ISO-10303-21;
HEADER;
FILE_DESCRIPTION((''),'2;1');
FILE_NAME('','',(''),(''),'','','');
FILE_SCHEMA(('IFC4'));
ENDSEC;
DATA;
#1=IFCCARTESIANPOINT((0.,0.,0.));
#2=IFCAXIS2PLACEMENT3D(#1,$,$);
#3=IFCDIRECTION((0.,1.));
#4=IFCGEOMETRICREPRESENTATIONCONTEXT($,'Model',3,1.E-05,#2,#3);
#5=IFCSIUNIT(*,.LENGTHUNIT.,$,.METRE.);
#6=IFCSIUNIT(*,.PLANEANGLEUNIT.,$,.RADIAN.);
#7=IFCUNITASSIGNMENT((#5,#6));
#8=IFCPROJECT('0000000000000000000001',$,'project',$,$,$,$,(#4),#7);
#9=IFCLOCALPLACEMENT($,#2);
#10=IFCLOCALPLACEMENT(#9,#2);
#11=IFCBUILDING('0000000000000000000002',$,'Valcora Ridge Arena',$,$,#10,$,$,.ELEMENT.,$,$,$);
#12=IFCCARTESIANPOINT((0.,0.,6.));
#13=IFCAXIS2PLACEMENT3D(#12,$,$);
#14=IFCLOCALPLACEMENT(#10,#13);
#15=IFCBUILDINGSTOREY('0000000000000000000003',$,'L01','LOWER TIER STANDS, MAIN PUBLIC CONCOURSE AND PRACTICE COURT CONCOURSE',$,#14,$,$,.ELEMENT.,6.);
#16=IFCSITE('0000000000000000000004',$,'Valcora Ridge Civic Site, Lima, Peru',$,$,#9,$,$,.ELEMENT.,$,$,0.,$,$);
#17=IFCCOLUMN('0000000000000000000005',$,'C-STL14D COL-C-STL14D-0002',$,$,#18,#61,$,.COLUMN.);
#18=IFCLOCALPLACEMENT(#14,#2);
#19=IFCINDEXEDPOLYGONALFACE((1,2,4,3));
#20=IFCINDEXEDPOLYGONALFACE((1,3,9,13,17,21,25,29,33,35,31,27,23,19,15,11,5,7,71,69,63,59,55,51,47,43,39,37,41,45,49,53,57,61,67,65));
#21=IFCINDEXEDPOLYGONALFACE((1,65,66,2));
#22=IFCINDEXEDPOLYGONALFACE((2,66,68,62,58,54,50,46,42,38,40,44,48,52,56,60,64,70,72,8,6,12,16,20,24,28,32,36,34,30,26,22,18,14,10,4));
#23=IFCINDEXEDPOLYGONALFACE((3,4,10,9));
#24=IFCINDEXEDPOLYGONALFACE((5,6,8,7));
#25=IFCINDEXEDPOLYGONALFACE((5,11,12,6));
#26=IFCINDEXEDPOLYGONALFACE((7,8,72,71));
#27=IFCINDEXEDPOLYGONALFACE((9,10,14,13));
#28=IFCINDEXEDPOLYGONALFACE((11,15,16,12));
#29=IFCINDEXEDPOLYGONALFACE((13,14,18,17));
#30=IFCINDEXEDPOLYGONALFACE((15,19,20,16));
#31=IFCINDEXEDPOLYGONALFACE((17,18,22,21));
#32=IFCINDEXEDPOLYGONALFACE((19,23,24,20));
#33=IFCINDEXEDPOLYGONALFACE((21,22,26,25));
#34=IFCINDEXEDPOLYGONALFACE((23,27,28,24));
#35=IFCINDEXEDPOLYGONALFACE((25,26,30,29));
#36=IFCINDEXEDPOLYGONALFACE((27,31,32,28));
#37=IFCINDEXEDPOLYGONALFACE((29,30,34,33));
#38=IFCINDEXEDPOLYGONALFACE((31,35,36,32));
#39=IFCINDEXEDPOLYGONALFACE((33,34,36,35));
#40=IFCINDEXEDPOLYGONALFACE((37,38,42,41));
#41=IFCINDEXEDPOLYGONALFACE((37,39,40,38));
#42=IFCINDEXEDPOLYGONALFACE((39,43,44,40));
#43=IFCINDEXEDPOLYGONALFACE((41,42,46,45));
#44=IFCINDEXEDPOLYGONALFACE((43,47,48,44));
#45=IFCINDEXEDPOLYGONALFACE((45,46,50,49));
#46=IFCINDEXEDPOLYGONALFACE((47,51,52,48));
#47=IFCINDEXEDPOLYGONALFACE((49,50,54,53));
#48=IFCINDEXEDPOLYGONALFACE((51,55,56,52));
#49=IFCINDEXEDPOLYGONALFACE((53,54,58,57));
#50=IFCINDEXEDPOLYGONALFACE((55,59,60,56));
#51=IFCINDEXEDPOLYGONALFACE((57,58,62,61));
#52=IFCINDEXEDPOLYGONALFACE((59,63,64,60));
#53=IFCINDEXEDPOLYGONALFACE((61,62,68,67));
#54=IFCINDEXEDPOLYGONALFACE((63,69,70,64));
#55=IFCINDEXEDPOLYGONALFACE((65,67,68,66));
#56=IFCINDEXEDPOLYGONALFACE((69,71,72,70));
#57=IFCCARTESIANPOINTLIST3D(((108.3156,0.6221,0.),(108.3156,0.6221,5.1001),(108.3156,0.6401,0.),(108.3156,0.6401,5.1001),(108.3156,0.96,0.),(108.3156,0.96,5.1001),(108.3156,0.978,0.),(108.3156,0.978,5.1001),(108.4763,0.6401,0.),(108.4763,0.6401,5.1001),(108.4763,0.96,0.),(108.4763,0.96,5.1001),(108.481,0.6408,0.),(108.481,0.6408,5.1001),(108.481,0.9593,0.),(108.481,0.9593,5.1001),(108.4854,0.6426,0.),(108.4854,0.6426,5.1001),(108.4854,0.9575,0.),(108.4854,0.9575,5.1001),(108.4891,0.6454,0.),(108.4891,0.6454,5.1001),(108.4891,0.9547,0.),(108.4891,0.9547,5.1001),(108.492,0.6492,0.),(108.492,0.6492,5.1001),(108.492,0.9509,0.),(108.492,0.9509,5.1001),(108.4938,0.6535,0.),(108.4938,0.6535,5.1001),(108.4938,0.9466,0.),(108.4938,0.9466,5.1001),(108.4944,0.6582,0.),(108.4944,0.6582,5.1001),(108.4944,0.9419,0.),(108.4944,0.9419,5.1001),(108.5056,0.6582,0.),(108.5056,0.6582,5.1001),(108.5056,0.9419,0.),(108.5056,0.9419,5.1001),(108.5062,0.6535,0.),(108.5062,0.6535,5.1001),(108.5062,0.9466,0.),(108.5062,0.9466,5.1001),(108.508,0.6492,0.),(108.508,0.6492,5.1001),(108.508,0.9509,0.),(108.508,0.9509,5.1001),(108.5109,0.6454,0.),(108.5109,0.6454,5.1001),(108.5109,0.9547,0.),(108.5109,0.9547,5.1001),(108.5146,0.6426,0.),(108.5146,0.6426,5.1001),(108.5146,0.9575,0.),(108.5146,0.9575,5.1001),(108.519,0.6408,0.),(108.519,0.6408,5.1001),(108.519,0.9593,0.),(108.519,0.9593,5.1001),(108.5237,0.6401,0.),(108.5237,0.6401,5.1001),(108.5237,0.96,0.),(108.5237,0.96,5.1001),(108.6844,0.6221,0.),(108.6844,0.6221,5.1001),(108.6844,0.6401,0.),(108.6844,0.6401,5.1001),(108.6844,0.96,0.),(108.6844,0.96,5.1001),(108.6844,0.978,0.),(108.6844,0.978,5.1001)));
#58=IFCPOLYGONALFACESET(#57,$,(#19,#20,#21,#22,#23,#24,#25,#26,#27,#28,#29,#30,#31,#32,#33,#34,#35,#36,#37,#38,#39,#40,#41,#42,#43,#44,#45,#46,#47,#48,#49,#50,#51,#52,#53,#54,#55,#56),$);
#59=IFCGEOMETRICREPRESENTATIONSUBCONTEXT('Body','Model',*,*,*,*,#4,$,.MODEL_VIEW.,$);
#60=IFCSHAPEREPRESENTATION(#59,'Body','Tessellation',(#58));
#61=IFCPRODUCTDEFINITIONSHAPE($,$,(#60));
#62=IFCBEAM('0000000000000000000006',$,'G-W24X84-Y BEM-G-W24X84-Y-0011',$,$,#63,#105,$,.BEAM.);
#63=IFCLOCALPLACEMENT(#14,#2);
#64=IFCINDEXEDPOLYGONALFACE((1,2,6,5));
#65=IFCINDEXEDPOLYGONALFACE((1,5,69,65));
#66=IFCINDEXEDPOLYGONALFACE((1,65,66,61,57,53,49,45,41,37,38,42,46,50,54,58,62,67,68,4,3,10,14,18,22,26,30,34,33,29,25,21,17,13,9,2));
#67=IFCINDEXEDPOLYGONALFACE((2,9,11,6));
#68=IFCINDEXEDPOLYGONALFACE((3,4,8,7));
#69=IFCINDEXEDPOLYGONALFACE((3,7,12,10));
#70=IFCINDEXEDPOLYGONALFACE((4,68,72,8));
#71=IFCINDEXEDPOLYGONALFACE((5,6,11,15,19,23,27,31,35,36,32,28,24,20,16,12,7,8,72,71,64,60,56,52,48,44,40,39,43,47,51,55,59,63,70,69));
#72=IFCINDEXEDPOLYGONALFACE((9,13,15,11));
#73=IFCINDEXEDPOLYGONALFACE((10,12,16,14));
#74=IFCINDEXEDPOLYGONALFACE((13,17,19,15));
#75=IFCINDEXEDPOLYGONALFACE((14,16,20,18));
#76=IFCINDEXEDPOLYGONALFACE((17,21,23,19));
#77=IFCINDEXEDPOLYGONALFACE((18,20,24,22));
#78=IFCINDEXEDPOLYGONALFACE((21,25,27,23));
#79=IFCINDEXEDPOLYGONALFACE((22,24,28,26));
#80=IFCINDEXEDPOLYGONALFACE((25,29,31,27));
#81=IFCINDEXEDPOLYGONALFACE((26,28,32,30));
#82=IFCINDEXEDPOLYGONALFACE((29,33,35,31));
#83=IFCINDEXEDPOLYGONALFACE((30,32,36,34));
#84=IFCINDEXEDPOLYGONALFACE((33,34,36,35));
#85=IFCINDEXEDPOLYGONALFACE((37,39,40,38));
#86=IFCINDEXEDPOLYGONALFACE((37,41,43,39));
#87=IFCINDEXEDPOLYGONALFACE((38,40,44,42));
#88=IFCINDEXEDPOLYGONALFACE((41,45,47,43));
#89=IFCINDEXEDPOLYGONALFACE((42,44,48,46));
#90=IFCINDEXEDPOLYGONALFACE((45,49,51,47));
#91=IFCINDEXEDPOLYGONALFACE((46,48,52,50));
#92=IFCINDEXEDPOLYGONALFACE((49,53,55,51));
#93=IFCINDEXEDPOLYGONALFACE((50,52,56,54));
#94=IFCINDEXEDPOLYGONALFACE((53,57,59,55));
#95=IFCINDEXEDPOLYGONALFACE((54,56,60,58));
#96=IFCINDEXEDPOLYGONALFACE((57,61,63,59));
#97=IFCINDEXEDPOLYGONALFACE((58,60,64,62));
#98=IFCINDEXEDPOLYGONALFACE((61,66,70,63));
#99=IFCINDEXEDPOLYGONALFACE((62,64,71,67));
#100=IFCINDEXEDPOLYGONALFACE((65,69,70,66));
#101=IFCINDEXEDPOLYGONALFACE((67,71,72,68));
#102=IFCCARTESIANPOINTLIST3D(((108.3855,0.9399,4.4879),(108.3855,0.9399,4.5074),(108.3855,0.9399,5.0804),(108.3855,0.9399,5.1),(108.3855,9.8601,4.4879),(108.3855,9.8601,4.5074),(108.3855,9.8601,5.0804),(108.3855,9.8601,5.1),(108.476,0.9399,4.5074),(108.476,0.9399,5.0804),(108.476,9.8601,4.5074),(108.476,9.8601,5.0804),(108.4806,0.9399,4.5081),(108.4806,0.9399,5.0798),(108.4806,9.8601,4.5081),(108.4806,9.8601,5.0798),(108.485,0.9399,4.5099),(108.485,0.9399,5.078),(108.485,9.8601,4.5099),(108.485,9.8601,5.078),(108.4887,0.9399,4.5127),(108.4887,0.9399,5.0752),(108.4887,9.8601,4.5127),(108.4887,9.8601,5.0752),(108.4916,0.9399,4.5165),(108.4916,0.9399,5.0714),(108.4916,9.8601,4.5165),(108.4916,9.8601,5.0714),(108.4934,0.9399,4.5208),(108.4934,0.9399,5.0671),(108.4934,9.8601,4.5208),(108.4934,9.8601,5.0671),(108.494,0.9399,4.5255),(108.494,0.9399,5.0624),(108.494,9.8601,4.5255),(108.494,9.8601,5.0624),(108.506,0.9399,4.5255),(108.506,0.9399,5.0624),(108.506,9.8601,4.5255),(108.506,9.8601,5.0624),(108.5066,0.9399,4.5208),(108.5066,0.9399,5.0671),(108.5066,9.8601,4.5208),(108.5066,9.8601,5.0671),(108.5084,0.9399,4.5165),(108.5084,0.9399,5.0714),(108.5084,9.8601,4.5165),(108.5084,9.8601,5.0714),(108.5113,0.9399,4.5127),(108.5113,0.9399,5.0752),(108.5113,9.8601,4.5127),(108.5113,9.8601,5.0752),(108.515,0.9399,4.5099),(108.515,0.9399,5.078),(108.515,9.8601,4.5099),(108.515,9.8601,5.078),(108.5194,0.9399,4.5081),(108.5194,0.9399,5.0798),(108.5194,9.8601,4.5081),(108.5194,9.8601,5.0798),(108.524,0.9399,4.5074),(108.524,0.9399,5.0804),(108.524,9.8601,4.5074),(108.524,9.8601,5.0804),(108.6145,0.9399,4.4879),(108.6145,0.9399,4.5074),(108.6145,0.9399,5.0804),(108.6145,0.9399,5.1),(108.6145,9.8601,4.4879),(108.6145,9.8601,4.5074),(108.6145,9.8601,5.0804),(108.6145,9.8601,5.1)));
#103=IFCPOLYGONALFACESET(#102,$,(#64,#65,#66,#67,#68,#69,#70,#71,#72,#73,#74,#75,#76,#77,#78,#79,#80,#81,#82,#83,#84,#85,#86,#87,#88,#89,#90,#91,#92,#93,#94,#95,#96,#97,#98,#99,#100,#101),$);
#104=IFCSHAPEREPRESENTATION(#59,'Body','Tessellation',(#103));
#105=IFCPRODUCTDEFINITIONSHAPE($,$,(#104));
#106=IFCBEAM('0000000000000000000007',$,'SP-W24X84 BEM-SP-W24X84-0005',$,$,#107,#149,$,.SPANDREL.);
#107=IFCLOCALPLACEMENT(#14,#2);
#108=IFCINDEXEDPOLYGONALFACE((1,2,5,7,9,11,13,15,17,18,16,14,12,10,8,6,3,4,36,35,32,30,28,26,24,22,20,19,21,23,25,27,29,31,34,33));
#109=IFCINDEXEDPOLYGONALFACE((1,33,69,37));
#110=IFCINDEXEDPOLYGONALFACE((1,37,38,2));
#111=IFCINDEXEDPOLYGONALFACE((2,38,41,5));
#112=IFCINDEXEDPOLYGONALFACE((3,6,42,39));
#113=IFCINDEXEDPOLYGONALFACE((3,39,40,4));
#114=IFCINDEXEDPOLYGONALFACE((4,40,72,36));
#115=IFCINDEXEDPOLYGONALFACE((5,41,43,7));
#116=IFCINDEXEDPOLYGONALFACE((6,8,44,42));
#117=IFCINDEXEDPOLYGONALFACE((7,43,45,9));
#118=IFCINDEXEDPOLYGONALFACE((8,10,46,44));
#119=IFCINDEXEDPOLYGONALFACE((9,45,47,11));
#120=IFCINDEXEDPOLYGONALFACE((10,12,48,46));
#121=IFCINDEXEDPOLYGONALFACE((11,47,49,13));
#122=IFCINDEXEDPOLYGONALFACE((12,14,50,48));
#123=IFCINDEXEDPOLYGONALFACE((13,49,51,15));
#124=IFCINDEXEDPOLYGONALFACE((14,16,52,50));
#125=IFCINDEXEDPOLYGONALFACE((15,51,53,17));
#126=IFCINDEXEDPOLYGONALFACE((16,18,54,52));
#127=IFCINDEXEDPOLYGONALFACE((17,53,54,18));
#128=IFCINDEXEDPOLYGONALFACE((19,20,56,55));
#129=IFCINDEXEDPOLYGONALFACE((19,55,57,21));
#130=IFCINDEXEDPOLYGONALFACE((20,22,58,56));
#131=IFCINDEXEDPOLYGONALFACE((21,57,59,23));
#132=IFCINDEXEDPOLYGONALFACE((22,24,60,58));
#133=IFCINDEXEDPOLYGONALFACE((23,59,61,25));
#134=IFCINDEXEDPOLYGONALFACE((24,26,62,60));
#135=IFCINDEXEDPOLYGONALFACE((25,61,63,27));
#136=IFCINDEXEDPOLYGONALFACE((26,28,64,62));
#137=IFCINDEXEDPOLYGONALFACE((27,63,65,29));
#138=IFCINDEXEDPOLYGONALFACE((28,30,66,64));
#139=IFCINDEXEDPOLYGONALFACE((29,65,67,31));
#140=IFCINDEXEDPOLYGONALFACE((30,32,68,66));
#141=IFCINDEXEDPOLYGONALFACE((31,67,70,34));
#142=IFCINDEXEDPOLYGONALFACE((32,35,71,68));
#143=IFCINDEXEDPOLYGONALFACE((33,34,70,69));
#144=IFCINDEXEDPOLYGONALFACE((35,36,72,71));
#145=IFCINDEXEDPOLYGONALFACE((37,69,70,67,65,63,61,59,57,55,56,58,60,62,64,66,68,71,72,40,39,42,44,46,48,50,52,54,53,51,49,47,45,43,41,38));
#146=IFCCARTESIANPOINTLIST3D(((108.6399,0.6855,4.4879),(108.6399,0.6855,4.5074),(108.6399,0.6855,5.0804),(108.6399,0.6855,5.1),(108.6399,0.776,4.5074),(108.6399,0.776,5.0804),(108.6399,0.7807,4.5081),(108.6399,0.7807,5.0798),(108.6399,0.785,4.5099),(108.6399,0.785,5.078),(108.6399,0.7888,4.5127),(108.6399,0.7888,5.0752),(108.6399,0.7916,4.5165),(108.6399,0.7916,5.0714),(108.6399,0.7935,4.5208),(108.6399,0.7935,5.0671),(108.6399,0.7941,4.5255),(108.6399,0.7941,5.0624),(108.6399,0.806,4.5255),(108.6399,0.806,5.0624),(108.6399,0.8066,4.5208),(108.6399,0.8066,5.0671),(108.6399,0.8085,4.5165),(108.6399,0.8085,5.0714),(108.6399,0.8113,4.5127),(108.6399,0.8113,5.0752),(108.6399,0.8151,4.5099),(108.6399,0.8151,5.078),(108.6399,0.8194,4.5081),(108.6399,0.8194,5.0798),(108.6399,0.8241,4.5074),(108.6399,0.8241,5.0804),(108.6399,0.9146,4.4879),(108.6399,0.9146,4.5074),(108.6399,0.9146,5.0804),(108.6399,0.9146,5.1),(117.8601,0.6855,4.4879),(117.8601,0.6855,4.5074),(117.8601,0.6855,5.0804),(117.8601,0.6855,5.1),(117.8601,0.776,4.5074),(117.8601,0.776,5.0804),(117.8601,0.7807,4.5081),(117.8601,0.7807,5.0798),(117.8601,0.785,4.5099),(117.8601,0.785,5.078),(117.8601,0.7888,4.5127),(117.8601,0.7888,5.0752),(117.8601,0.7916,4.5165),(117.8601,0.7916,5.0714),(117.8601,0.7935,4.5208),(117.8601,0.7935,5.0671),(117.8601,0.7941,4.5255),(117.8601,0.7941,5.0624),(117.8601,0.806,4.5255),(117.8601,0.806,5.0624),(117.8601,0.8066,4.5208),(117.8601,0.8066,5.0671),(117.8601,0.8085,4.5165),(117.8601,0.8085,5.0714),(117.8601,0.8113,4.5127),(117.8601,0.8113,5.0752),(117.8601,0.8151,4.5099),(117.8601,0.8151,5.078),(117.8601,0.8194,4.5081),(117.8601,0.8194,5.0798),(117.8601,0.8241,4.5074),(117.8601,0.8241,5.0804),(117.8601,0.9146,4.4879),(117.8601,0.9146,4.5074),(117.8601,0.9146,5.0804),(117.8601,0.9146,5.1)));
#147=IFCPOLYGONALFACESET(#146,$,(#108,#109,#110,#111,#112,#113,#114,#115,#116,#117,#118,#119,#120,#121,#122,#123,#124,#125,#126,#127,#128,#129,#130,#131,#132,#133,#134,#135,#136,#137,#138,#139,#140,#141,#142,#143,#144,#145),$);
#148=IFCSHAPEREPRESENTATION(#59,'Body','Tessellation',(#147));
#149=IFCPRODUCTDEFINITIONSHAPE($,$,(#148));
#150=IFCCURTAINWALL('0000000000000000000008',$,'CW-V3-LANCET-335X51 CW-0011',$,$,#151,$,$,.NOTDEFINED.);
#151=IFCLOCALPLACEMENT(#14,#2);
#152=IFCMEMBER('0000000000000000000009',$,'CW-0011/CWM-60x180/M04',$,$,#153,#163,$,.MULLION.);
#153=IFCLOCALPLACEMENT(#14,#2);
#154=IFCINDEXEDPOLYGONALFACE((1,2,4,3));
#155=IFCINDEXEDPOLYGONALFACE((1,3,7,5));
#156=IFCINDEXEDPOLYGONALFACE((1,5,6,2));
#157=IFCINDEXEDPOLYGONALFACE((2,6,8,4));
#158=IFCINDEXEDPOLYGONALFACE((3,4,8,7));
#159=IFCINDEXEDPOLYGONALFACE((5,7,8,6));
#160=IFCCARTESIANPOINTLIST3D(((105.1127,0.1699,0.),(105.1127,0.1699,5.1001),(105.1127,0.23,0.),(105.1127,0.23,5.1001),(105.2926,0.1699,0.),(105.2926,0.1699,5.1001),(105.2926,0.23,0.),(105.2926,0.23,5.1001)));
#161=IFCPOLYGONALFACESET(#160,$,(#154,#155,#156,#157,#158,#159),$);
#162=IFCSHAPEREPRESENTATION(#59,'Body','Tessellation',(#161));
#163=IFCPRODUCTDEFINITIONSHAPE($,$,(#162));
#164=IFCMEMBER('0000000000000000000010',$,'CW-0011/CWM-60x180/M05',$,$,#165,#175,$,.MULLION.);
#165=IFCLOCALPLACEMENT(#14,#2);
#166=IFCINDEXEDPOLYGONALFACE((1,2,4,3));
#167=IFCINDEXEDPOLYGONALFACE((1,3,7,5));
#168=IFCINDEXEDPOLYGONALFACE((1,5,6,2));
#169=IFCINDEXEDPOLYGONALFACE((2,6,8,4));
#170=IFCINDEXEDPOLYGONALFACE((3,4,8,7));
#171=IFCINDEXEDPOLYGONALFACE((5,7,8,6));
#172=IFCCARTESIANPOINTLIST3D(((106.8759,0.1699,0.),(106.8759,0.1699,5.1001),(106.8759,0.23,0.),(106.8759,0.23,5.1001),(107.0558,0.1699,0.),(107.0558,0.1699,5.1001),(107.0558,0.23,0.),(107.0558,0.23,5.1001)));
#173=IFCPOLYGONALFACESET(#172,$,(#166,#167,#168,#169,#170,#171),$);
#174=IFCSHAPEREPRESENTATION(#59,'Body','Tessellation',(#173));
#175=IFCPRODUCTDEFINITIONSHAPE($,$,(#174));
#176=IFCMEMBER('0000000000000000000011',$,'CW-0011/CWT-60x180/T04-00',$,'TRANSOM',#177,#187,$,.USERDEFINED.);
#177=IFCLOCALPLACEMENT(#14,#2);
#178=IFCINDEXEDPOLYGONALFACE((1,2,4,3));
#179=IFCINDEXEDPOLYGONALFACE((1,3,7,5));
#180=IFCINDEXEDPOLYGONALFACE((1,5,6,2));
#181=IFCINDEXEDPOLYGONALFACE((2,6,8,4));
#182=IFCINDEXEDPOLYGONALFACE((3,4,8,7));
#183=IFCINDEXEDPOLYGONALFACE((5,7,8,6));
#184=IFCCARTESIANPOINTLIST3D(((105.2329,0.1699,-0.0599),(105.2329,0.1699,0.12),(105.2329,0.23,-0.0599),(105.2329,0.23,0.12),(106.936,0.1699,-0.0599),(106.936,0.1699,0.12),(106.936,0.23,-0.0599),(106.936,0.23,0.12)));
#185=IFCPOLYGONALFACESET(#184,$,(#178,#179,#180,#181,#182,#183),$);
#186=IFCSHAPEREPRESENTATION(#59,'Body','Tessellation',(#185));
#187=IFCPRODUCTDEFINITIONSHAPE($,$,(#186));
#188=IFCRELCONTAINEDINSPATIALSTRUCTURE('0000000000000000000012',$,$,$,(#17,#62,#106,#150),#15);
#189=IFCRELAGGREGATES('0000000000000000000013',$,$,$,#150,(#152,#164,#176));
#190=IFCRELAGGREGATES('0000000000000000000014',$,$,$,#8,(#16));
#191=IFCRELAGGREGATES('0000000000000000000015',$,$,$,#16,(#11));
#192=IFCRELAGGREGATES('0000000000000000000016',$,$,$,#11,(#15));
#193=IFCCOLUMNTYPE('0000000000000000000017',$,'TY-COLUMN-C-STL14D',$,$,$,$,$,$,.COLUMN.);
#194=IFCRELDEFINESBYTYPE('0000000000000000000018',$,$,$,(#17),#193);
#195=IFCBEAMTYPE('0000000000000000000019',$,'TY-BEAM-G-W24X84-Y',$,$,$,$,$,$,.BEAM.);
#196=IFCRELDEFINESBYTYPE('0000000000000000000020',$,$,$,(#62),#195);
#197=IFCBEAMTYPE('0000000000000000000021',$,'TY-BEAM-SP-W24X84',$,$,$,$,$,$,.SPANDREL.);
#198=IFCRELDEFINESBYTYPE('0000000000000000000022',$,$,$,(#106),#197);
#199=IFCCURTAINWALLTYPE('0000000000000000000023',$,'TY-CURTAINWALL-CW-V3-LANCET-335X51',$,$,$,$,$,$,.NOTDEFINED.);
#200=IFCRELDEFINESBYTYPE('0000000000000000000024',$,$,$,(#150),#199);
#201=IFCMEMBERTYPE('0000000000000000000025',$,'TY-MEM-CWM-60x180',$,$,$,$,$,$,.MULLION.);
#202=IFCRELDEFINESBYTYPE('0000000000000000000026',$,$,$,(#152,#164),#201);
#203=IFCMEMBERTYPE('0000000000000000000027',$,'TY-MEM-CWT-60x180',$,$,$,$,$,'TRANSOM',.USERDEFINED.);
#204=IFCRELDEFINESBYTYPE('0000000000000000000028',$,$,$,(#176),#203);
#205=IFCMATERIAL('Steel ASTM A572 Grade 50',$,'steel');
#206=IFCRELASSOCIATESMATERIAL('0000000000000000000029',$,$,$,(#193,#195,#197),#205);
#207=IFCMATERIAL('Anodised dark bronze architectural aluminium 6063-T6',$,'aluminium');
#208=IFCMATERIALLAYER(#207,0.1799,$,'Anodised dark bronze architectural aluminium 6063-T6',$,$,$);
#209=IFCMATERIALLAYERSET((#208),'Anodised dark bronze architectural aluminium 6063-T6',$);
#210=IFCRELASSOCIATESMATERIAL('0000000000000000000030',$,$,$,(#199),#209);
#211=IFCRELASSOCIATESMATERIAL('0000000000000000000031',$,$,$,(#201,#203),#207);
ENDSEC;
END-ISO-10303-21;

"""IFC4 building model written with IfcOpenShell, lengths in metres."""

from ifc_helpers import new_model, si_unit, direction, frame, origin, origin_2d, place, context, subcontext, project, spatial, rectangle, i_section, extrude, material, layer, layer_set, material_profile, profile_set, type_object, element, aggregate, save


model = new_model("IFC4")

# Units and contexts
model_context = context("Model", 3, precision=1e-05, world=origin(), true_north=direction((0.0, 1.0)))
body_context = subcontext(model_context, "Body", "Model", "MODEL_VIEW")
ifc_project = project(units=[si_unit("LENGTHUNIT", "METRE"), si_unit("PLANEANGLEUNIT", "RADIAN")], contexts=[model_context])

# Site, building, storey
site_placement = place(None, origin())
site = spatial("IfcSite", under=ifc_project, at=site_placement, Name="Valcora Ridge Civic Site, Lima, Peru", CompositionType="ELEMENT", RefElevation=0.0)
building_placement = place(site_placement, origin())
building = spatial("IfcBuilding", under=site, at=building_placement, Name="Valcora Ridge Arena", CompositionType="ELEMENT")
storey_placement = place(building_placement, frame((0.0, 0.0, 6.0)))
storey = spatial("IfcBuildingStorey", under=building, at=storey_placement, Name="L01", Description="LOWER TIER STANDS, MAIN PUBLIC CONCOURSE AND PRACTICE COURT CONCOURSE", CompositionType="ELEMENT", Elevation=6.0)

# Column
ifc_material_1 = material(Name="Steel ASTM A572 Grade 50", Category="steel")
ifc_material_profile_1 = material_profile(ifc_material_1, i_section(OverallWidth=0.3689, OverallDepth=0.356, WebThickness=0.0112, FlangeThickness=0.0181, FilletRadius=0.0181, at=origin_2d()), Name="W14X90")
ifc_profile_set_1 = profile_set([ifc_material_profile_1], Name="Steel ASTM A572 Grade 50")
column_type = type_object("IfcColumnType", Name="TY-COLUMN-C-STL14D", PredefinedType="COLUMN", material=ifc_profile_set_1)
column_placement = place(storey_placement, frame((108.5, 0.8, 0.0), z_axis=(0.0, 0.0, 1.0), x_axis=(1.0, 0.0, 0.0)))
element("IfcColumn", 1, at=column_placement, inside=storey, type_object=column_type, Name="C-STL14D COL-C-STL14D-0002", PredefinedType="COLUMN", context=body_context, shape_type="SweptSolid", body=[
    extrude(i_section(OverallWidth=0.3689, OverallDepth=0.356, WebThickness=0.0112, FlangeThickness=0.0181, FilletRadius=0.0181, at=origin_2d()), origin(), (0.0, 0.0, 1.0), 5.1001),
])

# Beams
ifc_material_profile_2 = material_profile(ifc_material_1, i_section(OverallWidth=0.229, OverallDepth=0.6121, WebThickness=0.012, FlangeThickness=0.0195, FilletRadius=0.0181, at=origin_2d()), Name="W24X84")
ifc_profile_set_2 = profile_set([ifc_material_profile_2], Name="Steel ASTM A572 Grade 50")
beam_type_1 = type_object("IfcBeamType", Name="TY-BEAM-G-W24X84-Y", PredefinedType="BEAM", material=ifc_profile_set_2)
beam_1_placement = place(storey_placement, frame((108.5, 0.9399, 4.7939), z_axis=(0.0, 1.0, 0.0), x_axis=(-1.0, 0.0, 0.0)))
element("IfcBeam", 2, at=beam_1_placement, inside=storey, type_object=beam_type_1, Name="G-W24X84-Y BEM-G-W24X84-Y-0011", PredefinedType="BEAM", context=body_context, shape_type="SweptSolid", body=[
    extrude(i_section(OverallWidth=0.229, OverallDepth=0.6121, WebThickness=0.012, FlangeThickness=0.0195, FilletRadius=0.0181, at=origin_2d()), origin(), (0.0, 0.0, 1.0), 8.9202),
])
ifc_material_profile_3 = material_profile(ifc_material_1, i_section(OverallWidth=0.229, OverallDepth=0.6121, WebThickness=0.012, FlangeThickness=0.0195, FilletRadius=0.0181, at=origin_2d()), Name="W24X84")
ifc_profile_set_3 = profile_set([ifc_material_profile_3], Name="Steel ASTM A572 Grade 50")
beam_type_2 = type_object("IfcBeamType", Name="TY-BEAM-SP-W24X84", PredefinedType="SPANDREL", material=ifc_profile_set_3)
beam_2_placement = place(storey_placement, frame((108.6399, 0.8, 4.7939), z_axis=(1.0, 0.0, 0.0), x_axis=(0.0, 1.0, 0.0)))
element("IfcBeam", 3, at=beam_2_placement, inside=storey, type_object=beam_type_2, Name="SP-W24X84 BEM-SP-W24X84-0005", PredefinedType="SPANDREL", context=body_context, shape_type="SweptSolid", body=[
    extrude(i_section(OverallWidth=0.229, OverallDepth=0.6121, WebThickness=0.012, FlangeThickness=0.0195, FilletRadius=0.0181, at=origin_2d()), origin(), (0.0, 0.0, 1.0), 9.2202),
])

# Curtain wall, members
ifc_material_2 = material(Name="Anodised dark bronze architectural aluminium 6063-T6", Category="aluminium")
ifc_layer_1 = layer(ifc_material_2, 0.1799, Name="Anodised dark bronze architectural aluminium 6063-T6")
ifc_layer_set_1 = layer_set([ifc_layer_1], Name="Anodised dark bronze architectural aluminium 6063-T6")
curtain_wall_type = type_object("IfcCurtainWallType", Name="TY-CURTAINWALL-CW-V3-LANCET-335X51", PredefinedType="NOTDEFINED", material=ifc_layer_set_1)
curtain_wall_placement = place(storey_placement, origin())
curtain_wall = element("IfcCurtainWall", 4, at=curtain_wall_placement, inside=storey, type_object=curtain_wall_type, Name="CW-V3-LANCET-335X51 CW-0011", PredefinedType="NOTDEFINED")
ifc_material_profile_4 = material_profile(ifc_material_2, rectangle(XDim=0.0601, YDim=0.1799, at=origin_2d()), Name="ALU MULLION 60x180")
ifc_profile_set_4 = profile_set([ifc_material_profile_4], Name="Anodised dark bronze architectural aluminium 6063-T6")
member_type_1 = type_object("IfcMemberType", Name="TY-MEM-CWM-60x180", PredefinedType="MULLION", material=ifc_profile_set_4)
member_1_placement = place(storey_placement, frame((105.2026, 0.2, 0.0), z_axis=(0.0, 0.0, 1.0), x_axis=(0.0, 1.0, 0.0)))
member_1 = element("IfcMember", 5, at=member_1_placement, type_object=member_type_1, Name="CW-0011/CWM-60x180/M04", PredefinedType="MULLION", context=body_context, shape_type="SweptSolid", body=[
    extrude(rectangle(XDim=0.0601, YDim=0.1799, at=origin_2d()), origin(), (0.0, 0.0, 1.0), 5.1001),
])
member_2_placement = place(storey_placement, frame((106.9658, 0.2, 0.0), z_axis=(0.0, 0.0, 1.0), x_axis=(0.0, 1.0, 0.0)))
member_2 = element("IfcMember", 6, at=member_2_placement, type_object=member_type_1, Name="CW-0011/CWM-60x180/M05", PredefinedType="MULLION", context=body_context, shape_type="SweptSolid", body=[
    extrude(rectangle(XDim=0.0601, YDim=0.1799, at=origin_2d()), origin(), (0.0, 0.0, 1.0), 5.1001),
])
ifc_material_profile_5 = material_profile(ifc_material_2, rectangle(XDim=0.0601, YDim=0.1799, at=origin_2d()), Name="ALU TRANSOM 60x180")
ifc_profile_set_5 = profile_set([ifc_material_profile_5], Name="Anodised dark bronze architectural aluminium 6063-T6")
member_type_2 = type_object("IfcMemberType", Name="TY-MEM-CWT-60x180", ElementType="TRANSOM", PredefinedType="USERDEFINED", material=ifc_profile_set_5)
member_3_placement = place(storey_placement, frame((105.2329, 0.2, 0.03), z_axis=(1.0, 0.0, 0.0), x_axis=(0.0, 1.0, 0.0)))
member_3 = element("IfcMember", 7, at=member_3_placement, type_object=member_type_2, Name="CW-0011/CWT-60x180/T04-00", ObjectType="TRANSOM", PredefinedType="USERDEFINED", context=body_context, shape_type="SweptSolid", body=[
    extrude(rectangle(XDim=0.0601, YDim=0.1799, at=origin_2d()), origin(), (0.0, 0.0, 1.0), 1.7031),
])
aggregate(curtain_wall, [member_1, member_2, member_3])

save(model, "model.ifc")
